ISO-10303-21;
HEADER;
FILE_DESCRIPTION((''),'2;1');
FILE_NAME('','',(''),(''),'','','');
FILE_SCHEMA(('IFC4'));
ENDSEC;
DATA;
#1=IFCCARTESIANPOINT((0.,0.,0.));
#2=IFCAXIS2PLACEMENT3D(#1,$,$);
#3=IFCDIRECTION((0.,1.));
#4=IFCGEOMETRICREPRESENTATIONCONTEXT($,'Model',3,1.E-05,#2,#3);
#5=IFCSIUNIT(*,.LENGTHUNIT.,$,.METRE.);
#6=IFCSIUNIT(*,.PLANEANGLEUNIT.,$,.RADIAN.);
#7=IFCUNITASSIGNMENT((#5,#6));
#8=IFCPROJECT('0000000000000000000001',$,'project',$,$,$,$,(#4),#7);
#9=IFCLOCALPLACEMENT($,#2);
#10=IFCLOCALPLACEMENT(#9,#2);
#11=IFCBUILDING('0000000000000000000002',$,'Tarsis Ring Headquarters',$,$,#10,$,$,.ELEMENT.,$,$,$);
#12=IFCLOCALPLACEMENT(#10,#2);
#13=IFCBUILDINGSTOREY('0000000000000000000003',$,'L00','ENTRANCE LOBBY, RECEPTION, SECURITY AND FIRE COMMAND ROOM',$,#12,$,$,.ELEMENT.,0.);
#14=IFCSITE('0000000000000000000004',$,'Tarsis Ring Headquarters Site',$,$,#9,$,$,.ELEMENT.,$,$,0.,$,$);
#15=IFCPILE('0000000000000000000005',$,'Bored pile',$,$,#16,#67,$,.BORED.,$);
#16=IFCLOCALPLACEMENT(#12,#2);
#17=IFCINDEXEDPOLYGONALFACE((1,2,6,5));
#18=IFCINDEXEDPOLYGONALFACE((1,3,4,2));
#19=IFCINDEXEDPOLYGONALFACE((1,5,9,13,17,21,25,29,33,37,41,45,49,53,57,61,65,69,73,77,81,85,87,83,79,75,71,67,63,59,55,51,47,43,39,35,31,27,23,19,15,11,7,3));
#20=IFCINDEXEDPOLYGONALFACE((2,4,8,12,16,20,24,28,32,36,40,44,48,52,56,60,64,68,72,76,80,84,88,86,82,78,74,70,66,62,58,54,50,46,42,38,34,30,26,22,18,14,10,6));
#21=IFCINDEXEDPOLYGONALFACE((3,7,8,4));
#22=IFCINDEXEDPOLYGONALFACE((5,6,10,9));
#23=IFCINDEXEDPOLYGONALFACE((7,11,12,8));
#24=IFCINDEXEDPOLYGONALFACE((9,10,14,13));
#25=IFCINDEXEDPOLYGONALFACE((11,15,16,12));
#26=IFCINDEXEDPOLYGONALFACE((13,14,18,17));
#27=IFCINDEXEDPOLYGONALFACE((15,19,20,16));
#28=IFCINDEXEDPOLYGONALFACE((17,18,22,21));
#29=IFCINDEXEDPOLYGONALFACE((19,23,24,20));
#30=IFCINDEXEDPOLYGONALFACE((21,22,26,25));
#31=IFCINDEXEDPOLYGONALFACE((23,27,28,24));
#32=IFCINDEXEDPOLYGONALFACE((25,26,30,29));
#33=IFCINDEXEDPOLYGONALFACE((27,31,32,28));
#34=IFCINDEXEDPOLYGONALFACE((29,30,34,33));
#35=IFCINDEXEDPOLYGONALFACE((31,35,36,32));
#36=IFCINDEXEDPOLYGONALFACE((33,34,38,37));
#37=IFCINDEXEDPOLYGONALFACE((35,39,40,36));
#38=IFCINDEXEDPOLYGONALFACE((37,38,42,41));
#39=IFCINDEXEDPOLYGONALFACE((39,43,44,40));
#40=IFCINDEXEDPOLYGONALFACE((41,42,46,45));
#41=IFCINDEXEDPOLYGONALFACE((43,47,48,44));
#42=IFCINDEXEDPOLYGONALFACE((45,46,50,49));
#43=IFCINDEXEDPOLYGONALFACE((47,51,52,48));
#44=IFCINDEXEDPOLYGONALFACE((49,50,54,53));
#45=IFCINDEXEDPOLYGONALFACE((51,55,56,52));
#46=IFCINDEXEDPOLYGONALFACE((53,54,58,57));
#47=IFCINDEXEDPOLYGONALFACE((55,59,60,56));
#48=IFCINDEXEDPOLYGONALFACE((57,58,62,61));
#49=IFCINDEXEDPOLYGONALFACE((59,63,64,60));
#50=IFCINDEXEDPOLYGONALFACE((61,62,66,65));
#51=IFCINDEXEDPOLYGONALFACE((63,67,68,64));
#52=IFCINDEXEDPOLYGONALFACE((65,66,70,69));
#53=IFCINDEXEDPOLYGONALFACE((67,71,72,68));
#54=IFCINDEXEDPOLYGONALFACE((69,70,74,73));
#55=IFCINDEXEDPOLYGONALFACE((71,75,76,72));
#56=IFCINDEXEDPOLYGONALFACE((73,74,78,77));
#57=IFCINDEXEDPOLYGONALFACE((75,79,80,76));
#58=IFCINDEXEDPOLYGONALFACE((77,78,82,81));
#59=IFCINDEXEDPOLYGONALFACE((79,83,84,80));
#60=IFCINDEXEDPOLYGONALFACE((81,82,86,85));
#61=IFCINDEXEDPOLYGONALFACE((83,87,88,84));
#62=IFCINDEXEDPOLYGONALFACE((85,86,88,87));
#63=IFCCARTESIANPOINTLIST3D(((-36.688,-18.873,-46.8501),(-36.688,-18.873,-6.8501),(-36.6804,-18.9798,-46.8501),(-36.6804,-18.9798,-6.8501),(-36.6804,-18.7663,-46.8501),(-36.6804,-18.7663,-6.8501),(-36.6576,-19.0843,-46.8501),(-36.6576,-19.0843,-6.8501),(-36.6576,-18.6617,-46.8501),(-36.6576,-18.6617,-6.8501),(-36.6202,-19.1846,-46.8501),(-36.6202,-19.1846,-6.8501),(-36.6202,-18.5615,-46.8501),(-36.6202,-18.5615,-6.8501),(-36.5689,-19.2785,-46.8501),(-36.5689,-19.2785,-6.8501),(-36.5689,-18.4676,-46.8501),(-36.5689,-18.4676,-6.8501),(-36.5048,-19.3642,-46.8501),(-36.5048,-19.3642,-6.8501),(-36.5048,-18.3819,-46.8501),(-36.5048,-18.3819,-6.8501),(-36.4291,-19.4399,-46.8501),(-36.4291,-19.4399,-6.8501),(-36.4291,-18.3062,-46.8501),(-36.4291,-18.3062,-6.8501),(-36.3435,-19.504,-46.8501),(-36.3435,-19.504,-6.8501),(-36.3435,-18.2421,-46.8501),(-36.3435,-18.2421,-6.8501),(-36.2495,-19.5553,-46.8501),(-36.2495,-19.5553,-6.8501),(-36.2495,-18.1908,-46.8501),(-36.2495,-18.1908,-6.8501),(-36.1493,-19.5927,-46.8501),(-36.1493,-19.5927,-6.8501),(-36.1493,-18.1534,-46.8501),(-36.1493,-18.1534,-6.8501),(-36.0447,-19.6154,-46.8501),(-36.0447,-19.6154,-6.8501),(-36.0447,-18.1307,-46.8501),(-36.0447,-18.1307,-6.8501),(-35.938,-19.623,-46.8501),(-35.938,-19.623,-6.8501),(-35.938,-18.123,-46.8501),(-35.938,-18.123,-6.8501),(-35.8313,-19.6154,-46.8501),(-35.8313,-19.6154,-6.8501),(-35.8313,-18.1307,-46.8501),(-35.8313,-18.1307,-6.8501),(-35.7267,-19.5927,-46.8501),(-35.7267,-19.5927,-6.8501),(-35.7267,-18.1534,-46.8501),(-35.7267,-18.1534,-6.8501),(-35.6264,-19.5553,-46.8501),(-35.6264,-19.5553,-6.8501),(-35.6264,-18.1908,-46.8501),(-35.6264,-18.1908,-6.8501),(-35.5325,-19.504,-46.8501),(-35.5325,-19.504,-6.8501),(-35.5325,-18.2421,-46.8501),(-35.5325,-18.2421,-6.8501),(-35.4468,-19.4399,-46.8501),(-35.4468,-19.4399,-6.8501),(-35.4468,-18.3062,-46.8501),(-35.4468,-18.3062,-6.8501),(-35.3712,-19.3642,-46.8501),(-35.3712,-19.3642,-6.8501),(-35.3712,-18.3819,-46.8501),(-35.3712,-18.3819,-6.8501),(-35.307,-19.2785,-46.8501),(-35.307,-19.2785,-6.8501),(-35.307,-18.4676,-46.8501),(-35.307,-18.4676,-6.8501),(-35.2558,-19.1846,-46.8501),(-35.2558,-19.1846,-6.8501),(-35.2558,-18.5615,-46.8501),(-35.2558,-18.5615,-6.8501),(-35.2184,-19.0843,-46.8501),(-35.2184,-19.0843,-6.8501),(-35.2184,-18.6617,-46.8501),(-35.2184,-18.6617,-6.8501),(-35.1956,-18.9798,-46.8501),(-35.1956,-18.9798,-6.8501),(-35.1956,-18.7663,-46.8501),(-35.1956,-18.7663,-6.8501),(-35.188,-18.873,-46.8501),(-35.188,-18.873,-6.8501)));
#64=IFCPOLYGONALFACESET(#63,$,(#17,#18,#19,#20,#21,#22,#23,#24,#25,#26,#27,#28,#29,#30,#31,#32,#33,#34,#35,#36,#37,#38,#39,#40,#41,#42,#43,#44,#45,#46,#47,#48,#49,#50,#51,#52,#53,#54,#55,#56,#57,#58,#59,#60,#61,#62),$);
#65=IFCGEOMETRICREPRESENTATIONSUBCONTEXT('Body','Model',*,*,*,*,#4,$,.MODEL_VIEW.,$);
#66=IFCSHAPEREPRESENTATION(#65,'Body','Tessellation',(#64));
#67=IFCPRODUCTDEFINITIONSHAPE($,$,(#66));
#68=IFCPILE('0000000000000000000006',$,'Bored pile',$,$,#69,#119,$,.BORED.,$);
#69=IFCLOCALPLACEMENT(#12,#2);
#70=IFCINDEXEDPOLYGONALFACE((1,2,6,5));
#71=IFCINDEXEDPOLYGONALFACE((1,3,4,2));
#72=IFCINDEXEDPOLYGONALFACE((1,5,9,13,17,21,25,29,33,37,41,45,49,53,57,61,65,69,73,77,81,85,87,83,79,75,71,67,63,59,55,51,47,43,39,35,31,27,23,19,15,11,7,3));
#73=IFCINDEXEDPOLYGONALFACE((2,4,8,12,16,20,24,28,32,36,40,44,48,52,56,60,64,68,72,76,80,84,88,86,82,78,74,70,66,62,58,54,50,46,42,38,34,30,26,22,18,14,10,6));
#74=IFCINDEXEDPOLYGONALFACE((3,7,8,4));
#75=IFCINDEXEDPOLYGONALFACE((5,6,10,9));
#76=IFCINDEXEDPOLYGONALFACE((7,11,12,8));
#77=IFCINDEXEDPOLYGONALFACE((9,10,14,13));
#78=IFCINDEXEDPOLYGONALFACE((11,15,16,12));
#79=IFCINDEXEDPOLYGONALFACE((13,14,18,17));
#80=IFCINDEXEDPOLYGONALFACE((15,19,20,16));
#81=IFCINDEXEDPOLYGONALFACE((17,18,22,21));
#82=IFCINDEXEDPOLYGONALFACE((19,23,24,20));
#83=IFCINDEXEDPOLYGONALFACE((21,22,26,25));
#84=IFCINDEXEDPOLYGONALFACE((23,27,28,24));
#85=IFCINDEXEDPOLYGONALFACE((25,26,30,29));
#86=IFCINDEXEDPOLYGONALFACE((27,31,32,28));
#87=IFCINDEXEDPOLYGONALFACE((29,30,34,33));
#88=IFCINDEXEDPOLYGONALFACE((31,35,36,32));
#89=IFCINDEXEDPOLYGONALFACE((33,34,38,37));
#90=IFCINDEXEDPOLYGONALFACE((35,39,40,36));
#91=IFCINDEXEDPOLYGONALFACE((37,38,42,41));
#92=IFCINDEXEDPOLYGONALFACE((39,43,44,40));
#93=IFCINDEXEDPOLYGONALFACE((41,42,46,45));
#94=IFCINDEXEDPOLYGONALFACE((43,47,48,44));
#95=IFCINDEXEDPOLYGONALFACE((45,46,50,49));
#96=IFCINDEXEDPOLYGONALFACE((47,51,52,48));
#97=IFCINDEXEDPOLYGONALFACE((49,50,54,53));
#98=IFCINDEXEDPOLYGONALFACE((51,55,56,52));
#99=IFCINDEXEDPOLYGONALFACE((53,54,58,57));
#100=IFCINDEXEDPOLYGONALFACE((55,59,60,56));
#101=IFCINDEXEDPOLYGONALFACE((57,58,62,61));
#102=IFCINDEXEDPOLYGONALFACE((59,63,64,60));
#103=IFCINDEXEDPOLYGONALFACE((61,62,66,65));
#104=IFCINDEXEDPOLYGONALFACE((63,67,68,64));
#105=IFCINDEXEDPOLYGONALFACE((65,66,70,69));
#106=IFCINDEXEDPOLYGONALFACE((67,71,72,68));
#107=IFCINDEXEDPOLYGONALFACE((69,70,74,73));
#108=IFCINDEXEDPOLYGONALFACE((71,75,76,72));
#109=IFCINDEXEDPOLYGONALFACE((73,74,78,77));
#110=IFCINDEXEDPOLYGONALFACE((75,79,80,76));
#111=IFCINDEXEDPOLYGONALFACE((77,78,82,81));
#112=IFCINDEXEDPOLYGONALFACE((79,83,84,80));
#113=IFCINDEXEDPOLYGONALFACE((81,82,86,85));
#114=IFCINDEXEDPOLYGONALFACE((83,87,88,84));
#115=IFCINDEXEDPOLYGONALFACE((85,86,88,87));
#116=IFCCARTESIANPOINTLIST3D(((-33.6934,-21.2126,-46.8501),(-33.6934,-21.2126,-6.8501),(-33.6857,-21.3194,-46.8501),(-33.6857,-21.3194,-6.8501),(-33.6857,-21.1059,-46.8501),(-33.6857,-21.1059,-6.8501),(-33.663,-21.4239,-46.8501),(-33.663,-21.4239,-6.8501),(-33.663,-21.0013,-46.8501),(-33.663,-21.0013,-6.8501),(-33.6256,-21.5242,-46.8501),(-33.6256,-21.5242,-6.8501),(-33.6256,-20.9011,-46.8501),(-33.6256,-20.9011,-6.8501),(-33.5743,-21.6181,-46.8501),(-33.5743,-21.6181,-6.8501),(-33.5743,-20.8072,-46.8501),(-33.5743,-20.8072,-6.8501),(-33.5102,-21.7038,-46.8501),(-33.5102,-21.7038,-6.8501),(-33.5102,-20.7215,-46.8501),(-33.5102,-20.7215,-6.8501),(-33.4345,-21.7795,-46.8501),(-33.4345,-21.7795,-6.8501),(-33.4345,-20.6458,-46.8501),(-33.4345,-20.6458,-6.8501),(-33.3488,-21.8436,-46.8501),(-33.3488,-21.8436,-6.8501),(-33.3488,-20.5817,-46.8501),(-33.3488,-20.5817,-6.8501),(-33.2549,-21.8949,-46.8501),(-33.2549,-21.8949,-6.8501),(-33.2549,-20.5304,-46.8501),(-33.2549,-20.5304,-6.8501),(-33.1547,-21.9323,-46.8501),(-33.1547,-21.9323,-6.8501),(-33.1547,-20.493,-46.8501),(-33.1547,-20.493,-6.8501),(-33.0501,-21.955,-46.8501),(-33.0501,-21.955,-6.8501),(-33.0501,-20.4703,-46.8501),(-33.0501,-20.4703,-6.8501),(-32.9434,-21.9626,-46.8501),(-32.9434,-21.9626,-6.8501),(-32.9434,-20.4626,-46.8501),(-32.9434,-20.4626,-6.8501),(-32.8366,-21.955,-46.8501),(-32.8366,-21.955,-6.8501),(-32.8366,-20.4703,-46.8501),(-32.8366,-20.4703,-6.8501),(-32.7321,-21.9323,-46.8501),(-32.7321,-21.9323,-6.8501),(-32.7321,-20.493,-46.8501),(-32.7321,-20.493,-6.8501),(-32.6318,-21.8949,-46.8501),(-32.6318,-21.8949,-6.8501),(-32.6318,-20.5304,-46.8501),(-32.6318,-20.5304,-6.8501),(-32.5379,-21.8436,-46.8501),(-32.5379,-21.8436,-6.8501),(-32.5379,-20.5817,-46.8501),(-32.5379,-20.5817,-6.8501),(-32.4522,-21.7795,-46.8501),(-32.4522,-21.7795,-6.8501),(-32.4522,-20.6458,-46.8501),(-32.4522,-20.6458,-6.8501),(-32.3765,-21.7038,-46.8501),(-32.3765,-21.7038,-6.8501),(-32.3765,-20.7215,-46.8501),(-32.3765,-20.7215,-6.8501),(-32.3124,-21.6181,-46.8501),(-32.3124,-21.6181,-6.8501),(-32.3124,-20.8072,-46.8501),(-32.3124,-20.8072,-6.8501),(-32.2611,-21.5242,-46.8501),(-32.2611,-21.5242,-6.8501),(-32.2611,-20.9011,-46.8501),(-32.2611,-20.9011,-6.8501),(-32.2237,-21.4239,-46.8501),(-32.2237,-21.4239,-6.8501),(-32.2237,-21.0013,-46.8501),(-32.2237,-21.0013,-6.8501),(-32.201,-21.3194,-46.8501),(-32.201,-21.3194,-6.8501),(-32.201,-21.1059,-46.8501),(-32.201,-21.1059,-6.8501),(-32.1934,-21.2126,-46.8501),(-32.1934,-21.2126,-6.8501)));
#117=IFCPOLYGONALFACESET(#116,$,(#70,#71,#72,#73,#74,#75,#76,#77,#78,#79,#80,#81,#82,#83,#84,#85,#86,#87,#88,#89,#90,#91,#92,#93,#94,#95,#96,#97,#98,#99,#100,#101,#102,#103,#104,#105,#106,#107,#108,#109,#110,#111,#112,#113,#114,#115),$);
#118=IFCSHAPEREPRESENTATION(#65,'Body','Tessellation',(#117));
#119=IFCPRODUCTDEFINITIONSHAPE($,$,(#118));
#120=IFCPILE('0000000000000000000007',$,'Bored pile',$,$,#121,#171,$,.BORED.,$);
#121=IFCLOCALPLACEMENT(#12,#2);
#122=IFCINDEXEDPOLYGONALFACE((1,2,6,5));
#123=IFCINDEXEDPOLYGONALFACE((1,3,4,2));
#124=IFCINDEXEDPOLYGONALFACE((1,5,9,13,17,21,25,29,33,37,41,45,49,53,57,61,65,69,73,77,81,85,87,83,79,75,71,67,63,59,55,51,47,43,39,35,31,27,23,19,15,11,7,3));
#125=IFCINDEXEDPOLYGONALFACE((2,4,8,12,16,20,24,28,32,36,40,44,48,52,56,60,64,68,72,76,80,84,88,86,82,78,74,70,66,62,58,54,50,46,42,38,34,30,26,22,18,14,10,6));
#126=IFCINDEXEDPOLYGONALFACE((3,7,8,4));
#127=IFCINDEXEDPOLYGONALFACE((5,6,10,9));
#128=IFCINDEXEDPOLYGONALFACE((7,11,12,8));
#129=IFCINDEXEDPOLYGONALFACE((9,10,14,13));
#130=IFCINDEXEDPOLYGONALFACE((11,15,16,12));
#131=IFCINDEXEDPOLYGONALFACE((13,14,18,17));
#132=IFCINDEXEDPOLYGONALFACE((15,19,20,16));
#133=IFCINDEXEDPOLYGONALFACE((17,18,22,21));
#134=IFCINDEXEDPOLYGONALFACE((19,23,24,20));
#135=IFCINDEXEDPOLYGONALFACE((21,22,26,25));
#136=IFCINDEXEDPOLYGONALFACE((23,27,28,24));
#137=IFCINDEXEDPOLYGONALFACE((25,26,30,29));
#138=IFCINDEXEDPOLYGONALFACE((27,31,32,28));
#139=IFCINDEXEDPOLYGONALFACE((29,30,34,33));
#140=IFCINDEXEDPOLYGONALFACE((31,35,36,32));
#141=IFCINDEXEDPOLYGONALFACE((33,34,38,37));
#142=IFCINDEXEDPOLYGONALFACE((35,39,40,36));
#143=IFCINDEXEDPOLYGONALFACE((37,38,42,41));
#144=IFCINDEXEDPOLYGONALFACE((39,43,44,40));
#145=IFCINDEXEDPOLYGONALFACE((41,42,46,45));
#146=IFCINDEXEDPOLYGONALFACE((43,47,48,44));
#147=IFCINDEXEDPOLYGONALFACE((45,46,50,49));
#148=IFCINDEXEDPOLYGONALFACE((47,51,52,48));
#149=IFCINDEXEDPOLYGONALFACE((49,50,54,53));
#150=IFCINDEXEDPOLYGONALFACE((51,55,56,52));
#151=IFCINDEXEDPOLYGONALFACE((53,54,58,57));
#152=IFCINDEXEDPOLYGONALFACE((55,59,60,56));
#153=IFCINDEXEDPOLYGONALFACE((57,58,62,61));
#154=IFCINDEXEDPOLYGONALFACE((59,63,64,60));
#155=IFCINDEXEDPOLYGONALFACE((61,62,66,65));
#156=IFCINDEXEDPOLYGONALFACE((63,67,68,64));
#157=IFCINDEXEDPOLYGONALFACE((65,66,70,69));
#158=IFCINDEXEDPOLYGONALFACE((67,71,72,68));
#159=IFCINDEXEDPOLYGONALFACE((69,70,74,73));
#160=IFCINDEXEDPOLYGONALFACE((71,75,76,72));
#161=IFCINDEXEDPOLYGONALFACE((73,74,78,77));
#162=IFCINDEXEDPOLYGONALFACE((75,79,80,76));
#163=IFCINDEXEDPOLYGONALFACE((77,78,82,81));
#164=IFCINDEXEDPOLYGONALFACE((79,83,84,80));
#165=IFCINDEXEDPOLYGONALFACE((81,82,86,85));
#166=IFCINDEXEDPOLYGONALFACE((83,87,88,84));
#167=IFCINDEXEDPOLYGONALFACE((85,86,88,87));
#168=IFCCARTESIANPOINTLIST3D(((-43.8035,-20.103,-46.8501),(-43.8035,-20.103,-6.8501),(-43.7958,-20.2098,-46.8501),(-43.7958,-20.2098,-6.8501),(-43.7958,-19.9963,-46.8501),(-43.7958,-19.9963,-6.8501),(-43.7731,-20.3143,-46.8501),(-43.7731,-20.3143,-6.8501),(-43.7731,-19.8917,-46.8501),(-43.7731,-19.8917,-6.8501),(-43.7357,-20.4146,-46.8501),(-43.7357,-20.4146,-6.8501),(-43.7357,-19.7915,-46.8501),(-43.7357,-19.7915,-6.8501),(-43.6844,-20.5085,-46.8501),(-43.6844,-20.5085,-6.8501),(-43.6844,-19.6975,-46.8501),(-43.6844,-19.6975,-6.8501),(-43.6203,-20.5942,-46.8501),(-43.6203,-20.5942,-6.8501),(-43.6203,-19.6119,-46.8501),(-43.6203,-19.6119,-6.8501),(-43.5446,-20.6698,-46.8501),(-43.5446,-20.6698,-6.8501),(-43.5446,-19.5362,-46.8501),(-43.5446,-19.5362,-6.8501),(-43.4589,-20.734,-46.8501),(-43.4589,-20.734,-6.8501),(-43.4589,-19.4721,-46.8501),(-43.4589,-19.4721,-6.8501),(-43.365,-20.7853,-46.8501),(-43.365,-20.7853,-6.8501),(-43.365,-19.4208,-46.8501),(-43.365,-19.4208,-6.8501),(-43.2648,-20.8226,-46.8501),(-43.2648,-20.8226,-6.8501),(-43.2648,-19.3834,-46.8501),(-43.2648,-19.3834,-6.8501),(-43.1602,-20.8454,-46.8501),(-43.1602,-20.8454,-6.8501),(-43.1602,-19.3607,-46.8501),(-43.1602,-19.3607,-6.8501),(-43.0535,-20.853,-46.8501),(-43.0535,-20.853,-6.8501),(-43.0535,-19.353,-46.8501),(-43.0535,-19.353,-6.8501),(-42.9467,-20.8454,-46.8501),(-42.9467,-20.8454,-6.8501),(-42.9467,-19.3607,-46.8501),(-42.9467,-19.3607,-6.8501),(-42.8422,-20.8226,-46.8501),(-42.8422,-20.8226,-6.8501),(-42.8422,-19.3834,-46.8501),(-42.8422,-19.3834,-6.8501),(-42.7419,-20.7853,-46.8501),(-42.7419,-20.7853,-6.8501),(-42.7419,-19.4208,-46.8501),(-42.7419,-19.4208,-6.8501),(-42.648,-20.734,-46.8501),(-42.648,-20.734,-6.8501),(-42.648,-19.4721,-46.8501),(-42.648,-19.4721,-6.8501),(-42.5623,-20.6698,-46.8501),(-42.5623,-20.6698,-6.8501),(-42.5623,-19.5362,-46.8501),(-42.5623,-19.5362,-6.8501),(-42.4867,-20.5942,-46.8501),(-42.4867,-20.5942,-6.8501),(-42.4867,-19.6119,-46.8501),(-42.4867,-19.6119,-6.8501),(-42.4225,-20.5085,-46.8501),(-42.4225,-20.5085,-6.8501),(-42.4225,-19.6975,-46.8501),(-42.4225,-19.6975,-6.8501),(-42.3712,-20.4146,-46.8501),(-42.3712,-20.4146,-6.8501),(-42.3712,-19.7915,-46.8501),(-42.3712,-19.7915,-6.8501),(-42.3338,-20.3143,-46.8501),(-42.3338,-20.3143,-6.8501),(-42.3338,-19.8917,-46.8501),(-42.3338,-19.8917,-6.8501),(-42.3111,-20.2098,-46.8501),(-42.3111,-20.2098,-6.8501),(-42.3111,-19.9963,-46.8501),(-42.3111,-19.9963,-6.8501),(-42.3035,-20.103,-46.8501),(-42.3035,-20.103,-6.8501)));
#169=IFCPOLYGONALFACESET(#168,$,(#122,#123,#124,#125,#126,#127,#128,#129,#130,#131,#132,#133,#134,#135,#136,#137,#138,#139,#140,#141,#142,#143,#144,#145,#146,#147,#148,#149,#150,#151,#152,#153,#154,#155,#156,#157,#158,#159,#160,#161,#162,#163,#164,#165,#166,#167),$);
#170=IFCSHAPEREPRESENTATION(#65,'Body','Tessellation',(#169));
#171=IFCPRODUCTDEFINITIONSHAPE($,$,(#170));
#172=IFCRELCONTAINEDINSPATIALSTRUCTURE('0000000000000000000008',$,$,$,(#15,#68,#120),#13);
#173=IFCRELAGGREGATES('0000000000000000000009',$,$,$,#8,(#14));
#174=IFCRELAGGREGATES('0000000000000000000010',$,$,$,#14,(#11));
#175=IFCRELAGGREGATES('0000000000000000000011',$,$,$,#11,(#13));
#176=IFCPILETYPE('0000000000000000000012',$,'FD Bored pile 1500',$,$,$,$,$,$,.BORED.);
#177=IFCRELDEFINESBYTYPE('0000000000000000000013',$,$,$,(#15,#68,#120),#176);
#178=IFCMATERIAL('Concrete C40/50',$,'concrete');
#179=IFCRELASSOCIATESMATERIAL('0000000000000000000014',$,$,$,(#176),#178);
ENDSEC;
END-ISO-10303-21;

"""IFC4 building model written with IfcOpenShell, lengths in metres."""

from ifc_helpers import new_model, si_unit, direction, frame, origin, origin_2d, place, context, subcontext, project, spatial, circle, extrude, material, material_profile, profile_set, type_object, element, save


model = new_model("IFC4")

# Units and contexts
model_context = context("Model", 3, precision=1e-05, world=origin(), true_north=direction((0.0, 1.0)))
body_context = subcontext(model_context, "Body", "Model", "MODEL_VIEW")
ifc_project = project(units=[si_unit("LENGTHUNIT", "METRE"), si_unit("PLANEANGLEUNIT", "RADIAN")], contexts=[model_context])

# Site, building, storey
site_placement = place(None, origin())
site = spatial("IfcSite", under=ifc_project, at=site_placement, Name="Tarsis Ring Headquarters Site", CompositionType="ELEMENT", RefElevation=0.0)
building_placement = place(site_placement, origin())
building = spatial("IfcBuilding", under=site, at=building_placement, Name="Tarsis Ring Headquarters", CompositionType="ELEMENT")
storey_placement = place(building_placement, origin())
storey = spatial("IfcBuildingStorey", under=building, at=storey_placement, Name="L00", Description="ENTRANCE LOBBY, RECEPTION, SECURITY AND FIRE COMMAND ROOM", CompositionType="ELEMENT", Elevation=0.0)

# Piles
ifc_material_1 = material(Name="Concrete C40/50", Category="concrete")
ifc_material_profile_1 = material_profile(ifc_material_1, circle(Radius=0.75, at=origin_2d()), Name="BORED 1500")
ifc_profile_set_1 = profile_set([ifc_material_profile_1], Name="Concrete C40/50")
pile_type = type_object("IfcPileType", Name="FD Bored pile 1500", PredefinedType="BORED", material=ifc_profile_set_1)
for number, where, z_axis, x_axis, name in (
    (1, (-35.938, -18.873, -6.8501), (0.0, 0.0, -1.0), (1.0, 0.0, 0.0), "Bored pile"),
    (2, (-32.9434, -21.2126, -6.8501), (0.0, 0.0, -1.0), (1.0, 0.0, 0.0), "Bored pile"),
    (3, (-43.0535, -20.103, -6.8501), (0.0, 0.0, -1.0), (1.0, 0.0, 0.0), "Bored pile"),
):
    element("IfcPile", number, at=place(storey_placement, frame(where, z_axis=z_axis, x_axis=x_axis)), inside=storey, type_object=pile_type, Name=name, PredefinedType="BORED", context=body_context, shape_type="SweptSolid", body=[
        extrude(circle(Radius=0.75, at=origin_2d()), origin(), (0.0, 0.0, 1.0), 40.0),
    ])

save(model, "model.ifc")
